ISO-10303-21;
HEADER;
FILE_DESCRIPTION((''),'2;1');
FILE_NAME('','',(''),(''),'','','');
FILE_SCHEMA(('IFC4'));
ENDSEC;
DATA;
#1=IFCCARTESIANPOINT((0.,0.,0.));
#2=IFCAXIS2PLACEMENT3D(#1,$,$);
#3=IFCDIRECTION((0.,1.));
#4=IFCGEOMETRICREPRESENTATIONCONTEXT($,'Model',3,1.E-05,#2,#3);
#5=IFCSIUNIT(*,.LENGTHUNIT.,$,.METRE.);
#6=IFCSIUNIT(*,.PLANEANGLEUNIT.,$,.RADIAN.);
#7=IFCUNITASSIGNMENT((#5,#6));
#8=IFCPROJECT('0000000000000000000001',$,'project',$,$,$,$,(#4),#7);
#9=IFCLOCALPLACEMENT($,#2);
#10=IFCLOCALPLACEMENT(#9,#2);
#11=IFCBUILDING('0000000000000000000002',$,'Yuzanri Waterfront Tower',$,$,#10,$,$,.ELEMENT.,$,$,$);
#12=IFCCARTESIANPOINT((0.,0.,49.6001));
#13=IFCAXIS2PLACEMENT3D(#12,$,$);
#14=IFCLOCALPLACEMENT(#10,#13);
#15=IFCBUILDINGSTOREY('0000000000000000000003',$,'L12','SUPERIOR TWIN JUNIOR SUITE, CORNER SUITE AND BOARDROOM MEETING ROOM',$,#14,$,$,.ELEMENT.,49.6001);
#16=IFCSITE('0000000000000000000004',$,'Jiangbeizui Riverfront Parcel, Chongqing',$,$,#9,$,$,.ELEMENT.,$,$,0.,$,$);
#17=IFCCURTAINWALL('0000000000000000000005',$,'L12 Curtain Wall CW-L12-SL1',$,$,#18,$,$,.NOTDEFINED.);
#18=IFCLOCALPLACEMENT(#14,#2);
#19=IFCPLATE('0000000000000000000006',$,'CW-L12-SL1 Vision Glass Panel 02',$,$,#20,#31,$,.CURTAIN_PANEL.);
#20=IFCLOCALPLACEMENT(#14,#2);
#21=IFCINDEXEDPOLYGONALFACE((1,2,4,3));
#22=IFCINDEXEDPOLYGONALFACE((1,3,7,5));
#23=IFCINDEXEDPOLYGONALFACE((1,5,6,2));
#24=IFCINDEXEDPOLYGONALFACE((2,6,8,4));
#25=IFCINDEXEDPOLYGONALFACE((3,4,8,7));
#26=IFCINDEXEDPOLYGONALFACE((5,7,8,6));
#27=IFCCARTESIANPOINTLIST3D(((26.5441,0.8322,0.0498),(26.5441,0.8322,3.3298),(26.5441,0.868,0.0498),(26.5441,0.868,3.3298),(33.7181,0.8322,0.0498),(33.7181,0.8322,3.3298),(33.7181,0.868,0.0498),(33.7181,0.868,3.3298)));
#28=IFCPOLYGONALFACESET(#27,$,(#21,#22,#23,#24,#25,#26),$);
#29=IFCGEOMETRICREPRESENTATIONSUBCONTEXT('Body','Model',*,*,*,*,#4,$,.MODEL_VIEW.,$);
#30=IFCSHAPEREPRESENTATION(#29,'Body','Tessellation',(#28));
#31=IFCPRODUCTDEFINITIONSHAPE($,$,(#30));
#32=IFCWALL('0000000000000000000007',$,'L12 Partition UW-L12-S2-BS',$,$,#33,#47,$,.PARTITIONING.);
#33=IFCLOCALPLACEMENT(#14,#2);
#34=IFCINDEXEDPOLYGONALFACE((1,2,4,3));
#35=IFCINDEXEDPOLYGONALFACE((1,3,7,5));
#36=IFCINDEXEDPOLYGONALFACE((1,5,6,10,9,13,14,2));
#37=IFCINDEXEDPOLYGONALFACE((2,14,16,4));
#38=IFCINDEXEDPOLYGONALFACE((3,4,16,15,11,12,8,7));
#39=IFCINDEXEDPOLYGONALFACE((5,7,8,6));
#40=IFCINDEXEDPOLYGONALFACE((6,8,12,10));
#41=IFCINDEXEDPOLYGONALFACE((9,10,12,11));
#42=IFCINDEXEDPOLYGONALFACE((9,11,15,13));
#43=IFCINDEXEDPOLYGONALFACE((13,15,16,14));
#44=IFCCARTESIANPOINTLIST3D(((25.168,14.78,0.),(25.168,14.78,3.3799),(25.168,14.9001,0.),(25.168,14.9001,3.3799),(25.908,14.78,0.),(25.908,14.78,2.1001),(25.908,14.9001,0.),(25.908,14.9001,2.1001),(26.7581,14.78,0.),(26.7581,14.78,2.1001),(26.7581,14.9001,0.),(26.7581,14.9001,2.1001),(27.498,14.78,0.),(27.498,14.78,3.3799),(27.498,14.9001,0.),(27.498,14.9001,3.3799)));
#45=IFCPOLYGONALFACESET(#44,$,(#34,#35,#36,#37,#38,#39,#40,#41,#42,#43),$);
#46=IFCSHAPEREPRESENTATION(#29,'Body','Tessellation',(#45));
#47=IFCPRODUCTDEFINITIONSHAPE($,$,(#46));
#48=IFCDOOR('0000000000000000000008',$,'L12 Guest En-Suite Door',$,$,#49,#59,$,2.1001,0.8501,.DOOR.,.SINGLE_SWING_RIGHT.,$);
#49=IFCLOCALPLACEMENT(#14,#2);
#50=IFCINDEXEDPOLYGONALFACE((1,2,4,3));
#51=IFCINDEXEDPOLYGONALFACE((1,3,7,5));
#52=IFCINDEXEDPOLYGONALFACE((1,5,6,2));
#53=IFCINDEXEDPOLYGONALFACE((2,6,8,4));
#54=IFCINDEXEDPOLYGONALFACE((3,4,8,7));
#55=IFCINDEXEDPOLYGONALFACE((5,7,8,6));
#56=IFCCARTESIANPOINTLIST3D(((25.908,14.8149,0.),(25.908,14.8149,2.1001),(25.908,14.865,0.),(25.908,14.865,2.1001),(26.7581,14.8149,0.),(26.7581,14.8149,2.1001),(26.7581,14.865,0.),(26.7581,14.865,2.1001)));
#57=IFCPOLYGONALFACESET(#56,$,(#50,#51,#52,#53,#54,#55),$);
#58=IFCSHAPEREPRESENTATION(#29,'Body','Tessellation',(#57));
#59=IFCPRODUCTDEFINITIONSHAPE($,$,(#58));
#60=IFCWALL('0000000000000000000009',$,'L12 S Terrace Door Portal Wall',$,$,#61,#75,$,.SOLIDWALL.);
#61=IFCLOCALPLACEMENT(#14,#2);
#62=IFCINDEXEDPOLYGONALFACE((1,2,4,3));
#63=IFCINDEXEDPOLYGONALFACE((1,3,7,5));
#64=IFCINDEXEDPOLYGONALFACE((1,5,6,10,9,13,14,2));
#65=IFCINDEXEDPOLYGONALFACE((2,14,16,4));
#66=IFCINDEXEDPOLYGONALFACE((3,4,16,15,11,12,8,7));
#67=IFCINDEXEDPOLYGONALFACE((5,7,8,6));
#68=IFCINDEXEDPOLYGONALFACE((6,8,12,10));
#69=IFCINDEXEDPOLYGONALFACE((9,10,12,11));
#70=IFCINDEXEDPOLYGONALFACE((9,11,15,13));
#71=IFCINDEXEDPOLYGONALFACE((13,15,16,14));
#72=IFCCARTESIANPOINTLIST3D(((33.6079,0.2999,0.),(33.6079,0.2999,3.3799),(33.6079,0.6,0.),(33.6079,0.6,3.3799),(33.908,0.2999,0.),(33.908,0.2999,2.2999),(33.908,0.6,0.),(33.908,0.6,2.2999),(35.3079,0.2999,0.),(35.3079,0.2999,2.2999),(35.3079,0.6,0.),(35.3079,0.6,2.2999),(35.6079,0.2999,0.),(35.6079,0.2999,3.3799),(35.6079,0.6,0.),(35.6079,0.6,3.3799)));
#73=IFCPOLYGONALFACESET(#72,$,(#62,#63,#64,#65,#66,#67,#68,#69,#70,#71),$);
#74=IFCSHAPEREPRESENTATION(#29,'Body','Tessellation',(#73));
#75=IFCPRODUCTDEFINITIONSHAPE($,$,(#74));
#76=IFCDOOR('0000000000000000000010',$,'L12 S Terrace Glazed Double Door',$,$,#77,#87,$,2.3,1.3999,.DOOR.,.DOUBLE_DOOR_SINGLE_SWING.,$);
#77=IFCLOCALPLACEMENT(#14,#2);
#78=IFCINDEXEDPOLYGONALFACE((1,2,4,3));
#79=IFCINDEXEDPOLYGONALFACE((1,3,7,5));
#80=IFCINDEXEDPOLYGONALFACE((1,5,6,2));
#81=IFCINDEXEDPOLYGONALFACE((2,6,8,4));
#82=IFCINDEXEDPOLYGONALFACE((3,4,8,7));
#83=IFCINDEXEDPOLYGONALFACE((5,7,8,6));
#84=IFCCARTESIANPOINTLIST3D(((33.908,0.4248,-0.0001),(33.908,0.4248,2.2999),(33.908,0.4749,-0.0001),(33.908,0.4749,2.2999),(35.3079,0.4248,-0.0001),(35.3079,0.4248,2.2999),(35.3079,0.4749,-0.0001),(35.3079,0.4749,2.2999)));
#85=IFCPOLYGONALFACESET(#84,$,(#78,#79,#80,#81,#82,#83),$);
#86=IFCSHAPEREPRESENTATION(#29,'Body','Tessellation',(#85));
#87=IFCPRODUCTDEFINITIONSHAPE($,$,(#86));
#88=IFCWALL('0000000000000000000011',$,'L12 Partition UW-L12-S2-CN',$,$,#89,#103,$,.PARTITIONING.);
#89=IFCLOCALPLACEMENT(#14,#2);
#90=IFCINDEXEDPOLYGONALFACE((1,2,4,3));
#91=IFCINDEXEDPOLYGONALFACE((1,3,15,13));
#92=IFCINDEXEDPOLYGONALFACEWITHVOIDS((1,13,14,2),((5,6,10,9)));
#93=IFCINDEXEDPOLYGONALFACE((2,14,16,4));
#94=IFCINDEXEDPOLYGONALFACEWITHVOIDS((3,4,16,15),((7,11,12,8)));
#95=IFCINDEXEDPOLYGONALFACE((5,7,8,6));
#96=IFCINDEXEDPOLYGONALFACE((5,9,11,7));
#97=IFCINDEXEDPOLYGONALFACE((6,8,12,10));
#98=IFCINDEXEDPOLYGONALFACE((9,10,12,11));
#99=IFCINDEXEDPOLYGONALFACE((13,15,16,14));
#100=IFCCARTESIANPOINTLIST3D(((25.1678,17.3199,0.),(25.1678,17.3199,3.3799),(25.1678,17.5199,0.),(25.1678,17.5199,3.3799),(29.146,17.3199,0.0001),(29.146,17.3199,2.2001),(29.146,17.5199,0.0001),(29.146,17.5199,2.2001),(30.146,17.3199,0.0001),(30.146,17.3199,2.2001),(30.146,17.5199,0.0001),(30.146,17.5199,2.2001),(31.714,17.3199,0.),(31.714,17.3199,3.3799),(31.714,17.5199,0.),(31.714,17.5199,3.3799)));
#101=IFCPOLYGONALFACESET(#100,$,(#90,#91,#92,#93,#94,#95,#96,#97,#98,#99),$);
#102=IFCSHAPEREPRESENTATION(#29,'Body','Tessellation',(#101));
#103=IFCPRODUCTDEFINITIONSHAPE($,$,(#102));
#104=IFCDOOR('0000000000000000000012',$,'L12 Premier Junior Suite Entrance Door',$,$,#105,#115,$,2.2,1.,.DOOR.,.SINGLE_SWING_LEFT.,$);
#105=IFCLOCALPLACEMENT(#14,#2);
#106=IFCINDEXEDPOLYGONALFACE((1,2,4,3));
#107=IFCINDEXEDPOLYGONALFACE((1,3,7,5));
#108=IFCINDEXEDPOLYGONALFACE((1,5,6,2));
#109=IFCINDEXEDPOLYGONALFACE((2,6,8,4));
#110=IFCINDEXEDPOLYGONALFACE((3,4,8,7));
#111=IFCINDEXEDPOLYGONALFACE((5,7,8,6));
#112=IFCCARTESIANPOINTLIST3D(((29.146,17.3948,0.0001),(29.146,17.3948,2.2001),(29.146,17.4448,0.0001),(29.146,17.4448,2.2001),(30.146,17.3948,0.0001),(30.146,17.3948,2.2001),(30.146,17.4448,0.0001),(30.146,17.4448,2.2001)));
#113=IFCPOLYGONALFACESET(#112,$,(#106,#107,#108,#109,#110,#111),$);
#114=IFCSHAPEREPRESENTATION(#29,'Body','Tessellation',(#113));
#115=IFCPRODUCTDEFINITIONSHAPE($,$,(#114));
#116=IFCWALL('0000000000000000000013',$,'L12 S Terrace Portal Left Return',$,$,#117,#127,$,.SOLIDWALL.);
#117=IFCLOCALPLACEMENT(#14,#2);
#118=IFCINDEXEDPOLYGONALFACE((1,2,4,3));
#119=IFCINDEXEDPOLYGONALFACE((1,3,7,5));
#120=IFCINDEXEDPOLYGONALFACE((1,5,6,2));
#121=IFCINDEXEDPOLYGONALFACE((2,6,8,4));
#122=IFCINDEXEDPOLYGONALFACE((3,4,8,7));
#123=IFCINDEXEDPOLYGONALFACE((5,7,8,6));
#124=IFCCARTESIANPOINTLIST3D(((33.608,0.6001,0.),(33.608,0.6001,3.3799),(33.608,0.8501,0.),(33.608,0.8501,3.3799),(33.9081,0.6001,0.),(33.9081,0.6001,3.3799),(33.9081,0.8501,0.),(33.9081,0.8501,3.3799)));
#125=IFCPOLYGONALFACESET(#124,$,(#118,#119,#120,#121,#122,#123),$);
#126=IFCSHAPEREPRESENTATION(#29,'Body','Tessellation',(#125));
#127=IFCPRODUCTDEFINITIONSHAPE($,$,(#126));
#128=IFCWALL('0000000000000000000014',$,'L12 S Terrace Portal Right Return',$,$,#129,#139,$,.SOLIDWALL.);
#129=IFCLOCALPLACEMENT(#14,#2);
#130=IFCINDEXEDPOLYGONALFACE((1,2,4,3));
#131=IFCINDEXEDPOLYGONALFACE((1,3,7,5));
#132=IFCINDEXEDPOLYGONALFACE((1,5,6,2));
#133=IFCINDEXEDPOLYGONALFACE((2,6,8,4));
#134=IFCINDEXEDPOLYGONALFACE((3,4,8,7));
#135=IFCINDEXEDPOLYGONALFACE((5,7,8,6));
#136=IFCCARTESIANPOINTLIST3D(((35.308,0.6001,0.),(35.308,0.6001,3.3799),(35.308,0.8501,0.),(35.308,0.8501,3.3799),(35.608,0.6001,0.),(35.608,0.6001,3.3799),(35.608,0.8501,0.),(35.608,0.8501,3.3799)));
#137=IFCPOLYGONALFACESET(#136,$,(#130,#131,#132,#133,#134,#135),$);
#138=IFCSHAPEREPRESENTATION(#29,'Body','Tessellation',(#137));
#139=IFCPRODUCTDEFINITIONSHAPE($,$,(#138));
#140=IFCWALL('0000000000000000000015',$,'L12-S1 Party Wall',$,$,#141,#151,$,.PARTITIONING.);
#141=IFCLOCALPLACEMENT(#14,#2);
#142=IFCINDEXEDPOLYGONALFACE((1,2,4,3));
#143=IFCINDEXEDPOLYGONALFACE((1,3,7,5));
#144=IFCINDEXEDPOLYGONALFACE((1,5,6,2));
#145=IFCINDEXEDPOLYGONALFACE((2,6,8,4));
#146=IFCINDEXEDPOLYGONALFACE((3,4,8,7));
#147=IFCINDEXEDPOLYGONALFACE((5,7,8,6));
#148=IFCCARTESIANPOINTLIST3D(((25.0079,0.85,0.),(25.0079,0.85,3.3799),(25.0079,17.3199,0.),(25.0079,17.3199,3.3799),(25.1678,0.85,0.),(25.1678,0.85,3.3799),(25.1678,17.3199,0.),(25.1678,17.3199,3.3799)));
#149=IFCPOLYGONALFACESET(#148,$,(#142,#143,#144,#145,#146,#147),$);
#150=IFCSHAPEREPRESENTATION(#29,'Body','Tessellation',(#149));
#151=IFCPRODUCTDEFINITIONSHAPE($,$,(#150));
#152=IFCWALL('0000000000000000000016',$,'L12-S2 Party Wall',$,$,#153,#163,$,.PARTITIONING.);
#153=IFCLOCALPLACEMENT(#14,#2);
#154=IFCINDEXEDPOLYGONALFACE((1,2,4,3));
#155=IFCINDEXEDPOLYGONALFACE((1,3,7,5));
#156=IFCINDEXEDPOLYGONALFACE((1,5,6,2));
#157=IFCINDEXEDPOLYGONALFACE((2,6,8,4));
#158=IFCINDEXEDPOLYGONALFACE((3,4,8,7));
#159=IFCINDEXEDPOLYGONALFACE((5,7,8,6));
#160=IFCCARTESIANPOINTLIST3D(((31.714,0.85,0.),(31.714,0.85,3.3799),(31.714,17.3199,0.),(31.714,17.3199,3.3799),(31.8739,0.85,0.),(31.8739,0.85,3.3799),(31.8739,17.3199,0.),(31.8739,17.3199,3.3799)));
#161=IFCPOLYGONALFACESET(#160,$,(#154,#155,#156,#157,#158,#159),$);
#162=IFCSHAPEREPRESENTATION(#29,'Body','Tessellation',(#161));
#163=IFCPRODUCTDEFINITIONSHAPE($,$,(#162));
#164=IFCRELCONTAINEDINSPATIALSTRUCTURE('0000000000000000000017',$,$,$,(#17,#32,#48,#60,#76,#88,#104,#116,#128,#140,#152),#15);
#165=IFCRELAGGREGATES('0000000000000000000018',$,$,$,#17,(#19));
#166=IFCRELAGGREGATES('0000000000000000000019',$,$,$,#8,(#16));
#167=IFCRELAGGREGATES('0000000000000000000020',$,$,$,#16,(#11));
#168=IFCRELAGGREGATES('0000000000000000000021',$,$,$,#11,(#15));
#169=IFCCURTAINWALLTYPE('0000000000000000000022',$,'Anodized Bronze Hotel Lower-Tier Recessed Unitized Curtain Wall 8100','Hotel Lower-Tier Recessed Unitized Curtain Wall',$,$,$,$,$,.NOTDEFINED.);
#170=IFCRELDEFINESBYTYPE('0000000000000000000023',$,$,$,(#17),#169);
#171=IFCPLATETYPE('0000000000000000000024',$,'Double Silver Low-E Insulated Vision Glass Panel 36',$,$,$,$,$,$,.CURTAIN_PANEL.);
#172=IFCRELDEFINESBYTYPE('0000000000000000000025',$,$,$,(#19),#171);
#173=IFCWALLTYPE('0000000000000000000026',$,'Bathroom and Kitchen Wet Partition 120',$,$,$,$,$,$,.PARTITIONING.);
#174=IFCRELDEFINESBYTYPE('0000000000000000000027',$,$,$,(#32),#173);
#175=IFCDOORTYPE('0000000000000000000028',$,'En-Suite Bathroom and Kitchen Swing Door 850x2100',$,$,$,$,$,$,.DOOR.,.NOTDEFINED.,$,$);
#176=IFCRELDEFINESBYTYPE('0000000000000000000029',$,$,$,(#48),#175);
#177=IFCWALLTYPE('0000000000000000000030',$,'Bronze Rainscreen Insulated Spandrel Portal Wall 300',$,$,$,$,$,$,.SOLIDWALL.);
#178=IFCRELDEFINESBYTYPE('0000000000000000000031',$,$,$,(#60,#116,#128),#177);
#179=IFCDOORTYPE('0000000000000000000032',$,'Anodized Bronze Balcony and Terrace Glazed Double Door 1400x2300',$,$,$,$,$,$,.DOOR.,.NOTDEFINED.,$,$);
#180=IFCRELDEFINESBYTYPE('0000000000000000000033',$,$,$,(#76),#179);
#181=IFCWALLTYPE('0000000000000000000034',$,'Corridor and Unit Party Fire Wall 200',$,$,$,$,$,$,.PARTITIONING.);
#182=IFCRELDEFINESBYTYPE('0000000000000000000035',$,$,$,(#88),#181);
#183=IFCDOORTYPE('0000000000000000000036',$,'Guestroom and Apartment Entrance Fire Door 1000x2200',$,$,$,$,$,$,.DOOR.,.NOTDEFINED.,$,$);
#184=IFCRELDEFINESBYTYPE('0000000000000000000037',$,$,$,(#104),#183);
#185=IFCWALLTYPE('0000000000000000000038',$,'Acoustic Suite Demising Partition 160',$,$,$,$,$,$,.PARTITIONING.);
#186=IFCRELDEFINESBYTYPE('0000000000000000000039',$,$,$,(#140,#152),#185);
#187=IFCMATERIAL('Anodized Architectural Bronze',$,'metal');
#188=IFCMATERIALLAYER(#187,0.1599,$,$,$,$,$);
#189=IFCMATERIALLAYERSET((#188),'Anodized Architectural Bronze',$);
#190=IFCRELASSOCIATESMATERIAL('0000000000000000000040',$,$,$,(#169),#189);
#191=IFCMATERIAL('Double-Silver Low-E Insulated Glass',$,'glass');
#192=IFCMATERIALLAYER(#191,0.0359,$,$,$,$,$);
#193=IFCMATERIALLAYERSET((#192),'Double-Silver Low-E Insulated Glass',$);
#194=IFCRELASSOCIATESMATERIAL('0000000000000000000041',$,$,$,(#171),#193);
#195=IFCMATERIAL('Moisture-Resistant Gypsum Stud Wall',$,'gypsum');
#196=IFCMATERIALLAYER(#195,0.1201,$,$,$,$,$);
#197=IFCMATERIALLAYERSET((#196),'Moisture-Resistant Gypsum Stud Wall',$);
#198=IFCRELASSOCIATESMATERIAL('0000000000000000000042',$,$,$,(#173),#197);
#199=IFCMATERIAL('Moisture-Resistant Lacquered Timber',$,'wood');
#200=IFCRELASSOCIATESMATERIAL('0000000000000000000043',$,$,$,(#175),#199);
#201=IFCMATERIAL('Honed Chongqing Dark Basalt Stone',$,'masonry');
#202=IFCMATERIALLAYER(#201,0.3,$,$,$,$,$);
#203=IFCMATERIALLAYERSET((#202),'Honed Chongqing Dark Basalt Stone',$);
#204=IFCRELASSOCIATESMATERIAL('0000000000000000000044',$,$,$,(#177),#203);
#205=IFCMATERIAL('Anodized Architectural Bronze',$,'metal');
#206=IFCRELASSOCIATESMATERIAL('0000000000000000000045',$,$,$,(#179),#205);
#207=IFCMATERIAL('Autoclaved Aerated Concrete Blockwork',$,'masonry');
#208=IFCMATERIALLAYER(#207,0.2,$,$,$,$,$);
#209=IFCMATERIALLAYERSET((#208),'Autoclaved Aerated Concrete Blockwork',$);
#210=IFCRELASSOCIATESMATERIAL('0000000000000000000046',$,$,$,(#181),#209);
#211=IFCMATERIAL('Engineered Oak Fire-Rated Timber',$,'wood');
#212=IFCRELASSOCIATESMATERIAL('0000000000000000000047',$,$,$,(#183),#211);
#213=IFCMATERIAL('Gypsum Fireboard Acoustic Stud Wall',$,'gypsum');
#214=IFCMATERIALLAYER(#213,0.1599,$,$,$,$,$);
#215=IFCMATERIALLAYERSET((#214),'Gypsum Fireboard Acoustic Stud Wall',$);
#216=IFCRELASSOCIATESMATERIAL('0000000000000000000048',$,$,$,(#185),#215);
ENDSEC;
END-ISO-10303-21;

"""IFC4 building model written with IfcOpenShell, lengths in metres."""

from ifc_helpers import new_model, si_unit, direction, frame, frame_2d, origin, origin_2d, place, context, subcontext, project, spatial, rectangle, extrude, source, transform, mapped, material, layer, layer_set, type_object, element, fill, aggregate, save


model = new_model("IFC4")

# Units and contexts
model_context = context("Model", 3, precision=1e-05, world=origin(), true_north=direction((0.0, 1.0)))
body_context = subcontext(model_context, "Body", "Model", "MODEL_VIEW")
ifc_project = project(units=[si_unit("LENGTHUNIT", "METRE"), si_unit("PLANEANGLEUNIT", "RADIAN")], contexts=[model_context])

# Site, building, storey
site_placement = place(None, origin())
site = spatial("IfcSite", under=ifc_project, at=site_placement, Name="Jiangbeizui Riverfront Parcel, Chongqing", CompositionType="ELEMENT", RefElevation=0.0)
building_placement = place(site_placement, origin())
building = spatial("IfcBuilding", under=site, at=building_placement, Name="Yuzanri Waterfront Tower", CompositionType="ELEMENT")
storey_placement = place(building_placement, frame((0.0, 0.0, 49.6001)))
storey = spatial("IfcBuildingStorey", under=building, at=storey_placement, Name="L12", Description="SUPERIOR TWIN JUNIOR SUITE, CORNER SUITE AND BOARDROOM MEETING ROOM", CompositionType="ELEMENT", Elevation=49.6001)

# Curtain wall
ifc_material_1 = material(Name="Anodized Architectural Bronze", Category="metal")
ifc_layer_1 = layer(ifc_material_1, 0.1599)
ifc_layer_set_1 = layer_set([ifc_layer_1], Name="Anodized Architectural Bronze")
curtain_wall_type = type_object("IfcCurtainWallType", Name="Anodized Bronze Hotel Lower-Tier Recessed Unitized Curtain Wall 8100", Description="Hotel Lower-Tier Recessed Unitized Curtain Wall", PredefinedType="NOTDEFINED", material=ifc_layer_set_1)
curtain_wall_1_placement = place(storey_placement, origin())
curtain_wall_1 = element("IfcCurtainWall", 1, at=curtain_wall_1_placement, inside=storey, type_object=curtain_wall_type, Name="L12 Curtain Wall CW-L12-SL1", PredefinedType="NOTDEFINED")

# Plate
ifc_material_2 = material(Name="Double-Silver Low-E Insulated Glass", Category="glass")
ifc_layer_2 = layer(ifc_material_2, 0.0359)
ifc_layer_set_2 = layer_set([ifc_layer_2], Name="Double-Silver Low-E Insulated Glass")
plate_type = type_object("IfcPlateType", Name="Double Silver Low-E Insulated Vision Glass Panel 36", PredefinedType="CURTAIN_PANEL", material=ifc_layer_set_2)
shared_shape_1 = source(origin(), body_context, "Body", "SweptSolid", [
    extrude(rectangle(XDim=7.1741, YDim=0.0359, at=origin_2d()), origin(), (0.0, 0.0, 1.0), 3.28),
])
plate_placement = place(storey_placement, frame((30.1311, 0.8501, 0.0498), z_axis=(0.0, 0.0, 1.0), x_axis=(1.0, 0.0, 0.0)))
plate = element("IfcPlate", 2, at=plate_placement, type_object=plate_type, Name="CW-L12-SL1 Vision Glass Panel 02", PredefinedType="CURTAIN_PANEL", context=body_context, shape_type="MappedRepresentation", body=[
    mapped(shared_shape_1, transform((0.0, 0.0, 0.0), scale=1.0)),
])
aggregate(curtain_wall_1, [plate])

# Walls, openings, doors
ifc_material_3 = material(Name="Moisture-Resistant Gypsum Stud Wall", Category="gypsum")
ifc_layer_3 = layer(ifc_material_3, 0.1201)
ifc_layer_set_3 = layer_set([ifc_layer_3], Name="Moisture-Resistant Gypsum Stud Wall")
wall_type_1 = type_object("IfcWallType", Name="Bathroom and Kitchen Wet Partition 120", PredefinedType="PARTITIONING", material=ifc_layer_set_3)
wall_1_placement = place(storey_placement, frame((25.168, 14.8401, 0.0), z_axis=(0.0, 0.0, 1.0), x_axis=(1.0, 0.0, 0.0)))
wall_1 = element("IfcWall", 3, at=wall_1_placement, inside=storey, type_object=wall_type_1, Name="L12 Partition UW-L12-S2-BS", PredefinedType="PARTITIONING", context=body_context, shape_type="SweptSolid", body=[
    extrude(rectangle(XDim=2.3301, YDim=0.1201, at=frame_2d((1.165, 0.0))), origin(), (0.0, 0.0, 1.0), 3.3799),
])
opening_1_placement = place(wall_1_placement, frame((0.74, 0.0, 0.0)))
opening_1 = element("IfcOpeningElement", 4, at=opening_1_placement, cuts=wall_1, PredefinedType="OPENING", context=body_context, shape_type="SweptSolid", body=[
    extrude(rectangle(XDim=0.8501, YDim=2.1001, at=frame_2d((0.425, 1.05))), frame((0.0, 0.075, 0.0), z_axis=(0.0, -1.0, 0.0), x_axis=(1.0, 0.0, 0.0)), (0.0, 0.0, 1.0), 0.1499),
])
ifc_material_4 = material(Name="Moisture-Resistant Lacquered Timber", Category="wood")
door_type_1 = type_object("IfcDoorType", Name="En-Suite Bathroom and Kitchen Swing Door 850x2100", OperationType="NOTDEFINED", PredefinedType="DOOR", material=ifc_material_4)
shared_shape_2 = source(origin(), body_context, "Body", "SweptSolid", [
    extrude(rectangle(XDim=0.8501, YDim=2.1001, at=frame_2d((0.425, 1.05))), frame((0.0, 0.0249, 0.0), z_axis=(0.0, -1.0, 0.0), x_axis=(1.0, 0.0, 0.0)), (0.0, 0.0, 1.0), 0.05),
])
door_1_placement = place(opening_1_placement, origin())
door_1 = element("IfcDoor", 5, at=door_1_placement, inside=storey, type_object=door_type_1, Name="L12 Guest En-Suite Door", OperationType="SINGLE_SWING_RIGHT", OverallHeight=2.1001, OverallWidth=0.8501, PredefinedType="DOOR", context=body_context, shape_type="MappedRepresentation", body=[
    mapped(shared_shape_2, transform((0.0, 0.0, 0.0), scale=1.0)),
])
fill(opening_1, door_1)
ifc_material_5 = material(Name="Honed Chongqing Dark Basalt Stone", Category="masonry")
ifc_layer_4 = layer(ifc_material_5, 0.3)
ifc_layer_set_4 = layer_set([ifc_layer_4], Name="Honed Chongqing Dark Basalt Stone")
wall_type_2 = type_object("IfcWallType", Name="Bronze Rainscreen Insulated Spandrel Portal Wall 300", PredefinedType="SOLIDWALL", material=ifc_layer_set_4)
wall_2_placement = place(storey_placement, frame((33.6079, 0.45, 0.0), z_axis=(0.0, 0.0, 1.0), x_axis=(1.0, 0.0, 0.0)))
wall_2 = element("IfcWall", 6, at=wall_2_placement, inside=storey, type_object=wall_type_2, Name="L12 S Terrace Door Portal Wall", PredefinedType="SOLIDWALL", context=body_context, shape_type="SweptSolid", body=[
    extrude(rectangle(XDim=2.0, YDim=0.3, at=frame_2d((1.0, 0.0))), origin(), (0.0, 0.0, 1.0), 3.3799),
])
opening_2_placement = place(wall_2_placement, frame((0.3, 0.0, 0.0)))
opening_2 = element("IfcOpeningElement", 7, at=opening_2_placement, cuts=wall_2, PredefinedType="OPENING", context=body_context, shape_type="SweptSolid", body=[
    extrude(rectangle(XDim=1.3999, YDim=2.3, at=frame_2d((0.7, 1.1499))), frame((0.0, 0.165, 0.0), z_axis=(0.0, -1.0, 0.0), x_axis=(1.0, 0.0, 0.0)), (0.0, 0.0, 1.0), 0.3298),
])
ifc_material_6 = material(Name="Anodized Architectural Bronze", Category="metal")
door_type_2 = type_object("IfcDoorType", Name="Anodized Bronze Balcony and Terrace Glazed Double Door 1400x2300", OperationType="NOTDEFINED", PredefinedType="DOOR", material=ifc_material_6)
shared_shape_3 = source(origin(), body_context, "Body", "SweptSolid", [
    extrude(rectangle(XDim=1.3999, YDim=2.3, at=frame_2d((0.7, 1.1499))), frame((0.0, 0.0249, 0.0), z_axis=(0.0, -1.0, 0.0), x_axis=(1.0, 0.0, 0.0)), (0.0, 0.0, 1.0), 0.05),
])
door_2_placement = place(opening_2_placement, origin())
door_2 = element("IfcDoor", 8, at=door_2_placement, inside=storey, type_object=door_type_2, Name="L12 S Terrace Glazed Double Door", OperationType="DOUBLE_DOOR_SINGLE_SWING", OverallHeight=2.3, OverallWidth=1.3999, PredefinedType="DOOR", context=body_context, shape_type="MappedRepresentation", body=[
    mapped(shared_shape_3, transform((0.0, 0.0, 0.0), scale=1.0)),
])
fill(opening_2, door_2)
ifc_material_7 = material(Name="Autoclaved Aerated Concrete Blockwork", Category="masonry")
ifc_layer_5 = layer(ifc_material_7, 0.2)
ifc_layer_set_5 = layer_set([ifc_layer_5], Name="Autoclaved Aerated Concrete Blockwork")
wall_type_3 = type_object("IfcWallType", Name="Corridor and Unit Party Fire Wall 200", PredefinedType="PARTITIONING", material=ifc_layer_set_5)
wall_3_placement = place(storey_placement, frame((25.168, 17.4199, 0.0), z_axis=(0.0, 0.0, 1.0), x_axis=(1.0, 0.0, 0.0)))
wall_3 = element("IfcWall", 9, at=wall_3_placement, inside=storey, type_object=wall_type_3, Name="L12 Partition UW-L12-S2-CN", PredefinedType="PARTITIONING", context=body_context, shape_type="SweptSolid", body=[
    extrude(rectangle(XDim=6.5461, YDim=0.2, at=frame_2d((3.2729, 0.0))), origin(), (0.0, 0.0, 1.0), 3.3799),
])
opening_3_placement = place(wall_3_placement, frame((3.978, 0.0, 0.0)))
opening_3 = element("IfcOpeningElement", 10, at=opening_3_placement, cuts=wall_3, PredefinedType="OPENING", context=body_context, shape_type="SweptSolid", body=[
    extrude(rectangle(XDim=1.0, YDim=2.2, at=frame_2d((0.5, 1.1001))), frame((0.0, 0.1147, 0.0), z_axis=(0.0, -1.0, 0.0), x_axis=(1.0, 0.0, 0.0)), (0.0, 0.0, 1.0), 0.2297),
])
ifc_material_8 = material(Name="Engineered Oak Fire-Rated Timber", Category="wood")
door_type_3 = type_object("IfcDoorType", Name="Guestroom and Apartment Entrance Fire Door 1000x2200", OperationType="NOTDEFINED", PredefinedType="DOOR", material=ifc_material_8)
shared_shape_4 = source(origin(), body_context, "Body", "SweptSolid", [
    extrude(rectangle(XDim=1.0, YDim=2.2, at=frame_2d((0.5, 1.1001))), frame((0.0, 0.0249, 0.0), z_axis=(0.0, -1.0, 0.0), x_axis=(1.0, 0.0, 0.0)), (0.0, 0.0, 1.0), 0.05),
])
door_3_placement = place(opening_3_placement, origin())
door_3 = element("IfcDoor", 11, at=door_3_placement, inside=storey, type_object=door_type_3, Name="L12 Premier Junior Suite Entrance Door", OperationType="SINGLE_SWING_LEFT", OverallHeight=2.2, OverallWidth=1.0, PredefinedType="DOOR", context=body_context, shape_type="MappedRepresentation", body=[
    mapped(shared_shape_4, transform((0.0, 0.0, 0.0), scale=1.0)),
])
fill(opening_3, door_3)

# Walls
shared_shape_5 = source(origin(), body_context, "Body", "SweptSolid", [
    extrude(rectangle(XDim=0.25, YDim=0.3, at=frame_2d((0.125, 0.0))), origin(), (0.0, 0.0, 1.0), 3.3799),
])
for number, where, z_axis, x_axis, name in (
    (12, (33.7581, 0.8501, 0.0), (0.0, 0.0, 1.0), (0.0, -1.0, 0.0), "L12 S Terrace Portal Left Return"),
    (13, (35.458, 0.6001, 0.0), (0.0, 0.0, 1.0), (0.0, 1.0, 0.0), "L12 S Terrace Portal Right Return"),
):
    element("IfcWall", number, at=place(storey_placement, frame(where, z_axis=z_axis, x_axis=x_axis)), inside=storey, type_object=wall_type_2, Name=name, PredefinedType="SOLIDWALL", context=body_context, shape_type="MappedRepresentation", body=[
        mapped(shared_shape_5, transform((0.0, 0.0, 0.0), scale=1.0)),
    ])
ifc_material_9 = material(Name="Gypsum Fireboard Acoustic Stud Wall", Category="gypsum")
ifc_layer_6 = layer(ifc_material_9, 0.1599)
ifc_layer_set_6 = layer_set([ifc_layer_6], Name="Gypsum Fireboard Acoustic Stud Wall")
wall_type_4 = type_object("IfcWallType", Name="Acoustic Suite Demising Partition 160", PredefinedType="PARTITIONING", material=ifc_layer_set_6)
shared_shape_6 = source(origin(), body_context, "Body", "SweptSolid", [
    extrude(rectangle(XDim=16.47, YDim=0.1599, at=frame_2d((8.2349, 0.0))), origin(), (0.0, 0.0, 1.0), 3.3799),
])
for number, where, z_axis, x_axis, name in (
    (14, (25.0879, 0.8501, 0.0), (0.0, 0.0, 1.0), (0.0, 1.0, 0.0), "L12-S1 Party Wall"),
    (15, (31.7939, 0.8501, 0.0), (0.0, 0.0, 1.0), (0.0, 1.0, 0.0), "L12-S2 Party Wall"),
):
    element("IfcWall", number, at=place(storey_placement, frame(where, z_axis=z_axis, x_axis=x_axis)), inside=storey, type_object=wall_type_4, Name=name, PredefinedType="PARTITIONING", context=body_context, shape_type="MappedRepresentation", body=[
        mapped(shared_shape_6, transform((0.0, 0.0, 0.0), scale=1.0)),
    ])

save(model, "model.ifc")
